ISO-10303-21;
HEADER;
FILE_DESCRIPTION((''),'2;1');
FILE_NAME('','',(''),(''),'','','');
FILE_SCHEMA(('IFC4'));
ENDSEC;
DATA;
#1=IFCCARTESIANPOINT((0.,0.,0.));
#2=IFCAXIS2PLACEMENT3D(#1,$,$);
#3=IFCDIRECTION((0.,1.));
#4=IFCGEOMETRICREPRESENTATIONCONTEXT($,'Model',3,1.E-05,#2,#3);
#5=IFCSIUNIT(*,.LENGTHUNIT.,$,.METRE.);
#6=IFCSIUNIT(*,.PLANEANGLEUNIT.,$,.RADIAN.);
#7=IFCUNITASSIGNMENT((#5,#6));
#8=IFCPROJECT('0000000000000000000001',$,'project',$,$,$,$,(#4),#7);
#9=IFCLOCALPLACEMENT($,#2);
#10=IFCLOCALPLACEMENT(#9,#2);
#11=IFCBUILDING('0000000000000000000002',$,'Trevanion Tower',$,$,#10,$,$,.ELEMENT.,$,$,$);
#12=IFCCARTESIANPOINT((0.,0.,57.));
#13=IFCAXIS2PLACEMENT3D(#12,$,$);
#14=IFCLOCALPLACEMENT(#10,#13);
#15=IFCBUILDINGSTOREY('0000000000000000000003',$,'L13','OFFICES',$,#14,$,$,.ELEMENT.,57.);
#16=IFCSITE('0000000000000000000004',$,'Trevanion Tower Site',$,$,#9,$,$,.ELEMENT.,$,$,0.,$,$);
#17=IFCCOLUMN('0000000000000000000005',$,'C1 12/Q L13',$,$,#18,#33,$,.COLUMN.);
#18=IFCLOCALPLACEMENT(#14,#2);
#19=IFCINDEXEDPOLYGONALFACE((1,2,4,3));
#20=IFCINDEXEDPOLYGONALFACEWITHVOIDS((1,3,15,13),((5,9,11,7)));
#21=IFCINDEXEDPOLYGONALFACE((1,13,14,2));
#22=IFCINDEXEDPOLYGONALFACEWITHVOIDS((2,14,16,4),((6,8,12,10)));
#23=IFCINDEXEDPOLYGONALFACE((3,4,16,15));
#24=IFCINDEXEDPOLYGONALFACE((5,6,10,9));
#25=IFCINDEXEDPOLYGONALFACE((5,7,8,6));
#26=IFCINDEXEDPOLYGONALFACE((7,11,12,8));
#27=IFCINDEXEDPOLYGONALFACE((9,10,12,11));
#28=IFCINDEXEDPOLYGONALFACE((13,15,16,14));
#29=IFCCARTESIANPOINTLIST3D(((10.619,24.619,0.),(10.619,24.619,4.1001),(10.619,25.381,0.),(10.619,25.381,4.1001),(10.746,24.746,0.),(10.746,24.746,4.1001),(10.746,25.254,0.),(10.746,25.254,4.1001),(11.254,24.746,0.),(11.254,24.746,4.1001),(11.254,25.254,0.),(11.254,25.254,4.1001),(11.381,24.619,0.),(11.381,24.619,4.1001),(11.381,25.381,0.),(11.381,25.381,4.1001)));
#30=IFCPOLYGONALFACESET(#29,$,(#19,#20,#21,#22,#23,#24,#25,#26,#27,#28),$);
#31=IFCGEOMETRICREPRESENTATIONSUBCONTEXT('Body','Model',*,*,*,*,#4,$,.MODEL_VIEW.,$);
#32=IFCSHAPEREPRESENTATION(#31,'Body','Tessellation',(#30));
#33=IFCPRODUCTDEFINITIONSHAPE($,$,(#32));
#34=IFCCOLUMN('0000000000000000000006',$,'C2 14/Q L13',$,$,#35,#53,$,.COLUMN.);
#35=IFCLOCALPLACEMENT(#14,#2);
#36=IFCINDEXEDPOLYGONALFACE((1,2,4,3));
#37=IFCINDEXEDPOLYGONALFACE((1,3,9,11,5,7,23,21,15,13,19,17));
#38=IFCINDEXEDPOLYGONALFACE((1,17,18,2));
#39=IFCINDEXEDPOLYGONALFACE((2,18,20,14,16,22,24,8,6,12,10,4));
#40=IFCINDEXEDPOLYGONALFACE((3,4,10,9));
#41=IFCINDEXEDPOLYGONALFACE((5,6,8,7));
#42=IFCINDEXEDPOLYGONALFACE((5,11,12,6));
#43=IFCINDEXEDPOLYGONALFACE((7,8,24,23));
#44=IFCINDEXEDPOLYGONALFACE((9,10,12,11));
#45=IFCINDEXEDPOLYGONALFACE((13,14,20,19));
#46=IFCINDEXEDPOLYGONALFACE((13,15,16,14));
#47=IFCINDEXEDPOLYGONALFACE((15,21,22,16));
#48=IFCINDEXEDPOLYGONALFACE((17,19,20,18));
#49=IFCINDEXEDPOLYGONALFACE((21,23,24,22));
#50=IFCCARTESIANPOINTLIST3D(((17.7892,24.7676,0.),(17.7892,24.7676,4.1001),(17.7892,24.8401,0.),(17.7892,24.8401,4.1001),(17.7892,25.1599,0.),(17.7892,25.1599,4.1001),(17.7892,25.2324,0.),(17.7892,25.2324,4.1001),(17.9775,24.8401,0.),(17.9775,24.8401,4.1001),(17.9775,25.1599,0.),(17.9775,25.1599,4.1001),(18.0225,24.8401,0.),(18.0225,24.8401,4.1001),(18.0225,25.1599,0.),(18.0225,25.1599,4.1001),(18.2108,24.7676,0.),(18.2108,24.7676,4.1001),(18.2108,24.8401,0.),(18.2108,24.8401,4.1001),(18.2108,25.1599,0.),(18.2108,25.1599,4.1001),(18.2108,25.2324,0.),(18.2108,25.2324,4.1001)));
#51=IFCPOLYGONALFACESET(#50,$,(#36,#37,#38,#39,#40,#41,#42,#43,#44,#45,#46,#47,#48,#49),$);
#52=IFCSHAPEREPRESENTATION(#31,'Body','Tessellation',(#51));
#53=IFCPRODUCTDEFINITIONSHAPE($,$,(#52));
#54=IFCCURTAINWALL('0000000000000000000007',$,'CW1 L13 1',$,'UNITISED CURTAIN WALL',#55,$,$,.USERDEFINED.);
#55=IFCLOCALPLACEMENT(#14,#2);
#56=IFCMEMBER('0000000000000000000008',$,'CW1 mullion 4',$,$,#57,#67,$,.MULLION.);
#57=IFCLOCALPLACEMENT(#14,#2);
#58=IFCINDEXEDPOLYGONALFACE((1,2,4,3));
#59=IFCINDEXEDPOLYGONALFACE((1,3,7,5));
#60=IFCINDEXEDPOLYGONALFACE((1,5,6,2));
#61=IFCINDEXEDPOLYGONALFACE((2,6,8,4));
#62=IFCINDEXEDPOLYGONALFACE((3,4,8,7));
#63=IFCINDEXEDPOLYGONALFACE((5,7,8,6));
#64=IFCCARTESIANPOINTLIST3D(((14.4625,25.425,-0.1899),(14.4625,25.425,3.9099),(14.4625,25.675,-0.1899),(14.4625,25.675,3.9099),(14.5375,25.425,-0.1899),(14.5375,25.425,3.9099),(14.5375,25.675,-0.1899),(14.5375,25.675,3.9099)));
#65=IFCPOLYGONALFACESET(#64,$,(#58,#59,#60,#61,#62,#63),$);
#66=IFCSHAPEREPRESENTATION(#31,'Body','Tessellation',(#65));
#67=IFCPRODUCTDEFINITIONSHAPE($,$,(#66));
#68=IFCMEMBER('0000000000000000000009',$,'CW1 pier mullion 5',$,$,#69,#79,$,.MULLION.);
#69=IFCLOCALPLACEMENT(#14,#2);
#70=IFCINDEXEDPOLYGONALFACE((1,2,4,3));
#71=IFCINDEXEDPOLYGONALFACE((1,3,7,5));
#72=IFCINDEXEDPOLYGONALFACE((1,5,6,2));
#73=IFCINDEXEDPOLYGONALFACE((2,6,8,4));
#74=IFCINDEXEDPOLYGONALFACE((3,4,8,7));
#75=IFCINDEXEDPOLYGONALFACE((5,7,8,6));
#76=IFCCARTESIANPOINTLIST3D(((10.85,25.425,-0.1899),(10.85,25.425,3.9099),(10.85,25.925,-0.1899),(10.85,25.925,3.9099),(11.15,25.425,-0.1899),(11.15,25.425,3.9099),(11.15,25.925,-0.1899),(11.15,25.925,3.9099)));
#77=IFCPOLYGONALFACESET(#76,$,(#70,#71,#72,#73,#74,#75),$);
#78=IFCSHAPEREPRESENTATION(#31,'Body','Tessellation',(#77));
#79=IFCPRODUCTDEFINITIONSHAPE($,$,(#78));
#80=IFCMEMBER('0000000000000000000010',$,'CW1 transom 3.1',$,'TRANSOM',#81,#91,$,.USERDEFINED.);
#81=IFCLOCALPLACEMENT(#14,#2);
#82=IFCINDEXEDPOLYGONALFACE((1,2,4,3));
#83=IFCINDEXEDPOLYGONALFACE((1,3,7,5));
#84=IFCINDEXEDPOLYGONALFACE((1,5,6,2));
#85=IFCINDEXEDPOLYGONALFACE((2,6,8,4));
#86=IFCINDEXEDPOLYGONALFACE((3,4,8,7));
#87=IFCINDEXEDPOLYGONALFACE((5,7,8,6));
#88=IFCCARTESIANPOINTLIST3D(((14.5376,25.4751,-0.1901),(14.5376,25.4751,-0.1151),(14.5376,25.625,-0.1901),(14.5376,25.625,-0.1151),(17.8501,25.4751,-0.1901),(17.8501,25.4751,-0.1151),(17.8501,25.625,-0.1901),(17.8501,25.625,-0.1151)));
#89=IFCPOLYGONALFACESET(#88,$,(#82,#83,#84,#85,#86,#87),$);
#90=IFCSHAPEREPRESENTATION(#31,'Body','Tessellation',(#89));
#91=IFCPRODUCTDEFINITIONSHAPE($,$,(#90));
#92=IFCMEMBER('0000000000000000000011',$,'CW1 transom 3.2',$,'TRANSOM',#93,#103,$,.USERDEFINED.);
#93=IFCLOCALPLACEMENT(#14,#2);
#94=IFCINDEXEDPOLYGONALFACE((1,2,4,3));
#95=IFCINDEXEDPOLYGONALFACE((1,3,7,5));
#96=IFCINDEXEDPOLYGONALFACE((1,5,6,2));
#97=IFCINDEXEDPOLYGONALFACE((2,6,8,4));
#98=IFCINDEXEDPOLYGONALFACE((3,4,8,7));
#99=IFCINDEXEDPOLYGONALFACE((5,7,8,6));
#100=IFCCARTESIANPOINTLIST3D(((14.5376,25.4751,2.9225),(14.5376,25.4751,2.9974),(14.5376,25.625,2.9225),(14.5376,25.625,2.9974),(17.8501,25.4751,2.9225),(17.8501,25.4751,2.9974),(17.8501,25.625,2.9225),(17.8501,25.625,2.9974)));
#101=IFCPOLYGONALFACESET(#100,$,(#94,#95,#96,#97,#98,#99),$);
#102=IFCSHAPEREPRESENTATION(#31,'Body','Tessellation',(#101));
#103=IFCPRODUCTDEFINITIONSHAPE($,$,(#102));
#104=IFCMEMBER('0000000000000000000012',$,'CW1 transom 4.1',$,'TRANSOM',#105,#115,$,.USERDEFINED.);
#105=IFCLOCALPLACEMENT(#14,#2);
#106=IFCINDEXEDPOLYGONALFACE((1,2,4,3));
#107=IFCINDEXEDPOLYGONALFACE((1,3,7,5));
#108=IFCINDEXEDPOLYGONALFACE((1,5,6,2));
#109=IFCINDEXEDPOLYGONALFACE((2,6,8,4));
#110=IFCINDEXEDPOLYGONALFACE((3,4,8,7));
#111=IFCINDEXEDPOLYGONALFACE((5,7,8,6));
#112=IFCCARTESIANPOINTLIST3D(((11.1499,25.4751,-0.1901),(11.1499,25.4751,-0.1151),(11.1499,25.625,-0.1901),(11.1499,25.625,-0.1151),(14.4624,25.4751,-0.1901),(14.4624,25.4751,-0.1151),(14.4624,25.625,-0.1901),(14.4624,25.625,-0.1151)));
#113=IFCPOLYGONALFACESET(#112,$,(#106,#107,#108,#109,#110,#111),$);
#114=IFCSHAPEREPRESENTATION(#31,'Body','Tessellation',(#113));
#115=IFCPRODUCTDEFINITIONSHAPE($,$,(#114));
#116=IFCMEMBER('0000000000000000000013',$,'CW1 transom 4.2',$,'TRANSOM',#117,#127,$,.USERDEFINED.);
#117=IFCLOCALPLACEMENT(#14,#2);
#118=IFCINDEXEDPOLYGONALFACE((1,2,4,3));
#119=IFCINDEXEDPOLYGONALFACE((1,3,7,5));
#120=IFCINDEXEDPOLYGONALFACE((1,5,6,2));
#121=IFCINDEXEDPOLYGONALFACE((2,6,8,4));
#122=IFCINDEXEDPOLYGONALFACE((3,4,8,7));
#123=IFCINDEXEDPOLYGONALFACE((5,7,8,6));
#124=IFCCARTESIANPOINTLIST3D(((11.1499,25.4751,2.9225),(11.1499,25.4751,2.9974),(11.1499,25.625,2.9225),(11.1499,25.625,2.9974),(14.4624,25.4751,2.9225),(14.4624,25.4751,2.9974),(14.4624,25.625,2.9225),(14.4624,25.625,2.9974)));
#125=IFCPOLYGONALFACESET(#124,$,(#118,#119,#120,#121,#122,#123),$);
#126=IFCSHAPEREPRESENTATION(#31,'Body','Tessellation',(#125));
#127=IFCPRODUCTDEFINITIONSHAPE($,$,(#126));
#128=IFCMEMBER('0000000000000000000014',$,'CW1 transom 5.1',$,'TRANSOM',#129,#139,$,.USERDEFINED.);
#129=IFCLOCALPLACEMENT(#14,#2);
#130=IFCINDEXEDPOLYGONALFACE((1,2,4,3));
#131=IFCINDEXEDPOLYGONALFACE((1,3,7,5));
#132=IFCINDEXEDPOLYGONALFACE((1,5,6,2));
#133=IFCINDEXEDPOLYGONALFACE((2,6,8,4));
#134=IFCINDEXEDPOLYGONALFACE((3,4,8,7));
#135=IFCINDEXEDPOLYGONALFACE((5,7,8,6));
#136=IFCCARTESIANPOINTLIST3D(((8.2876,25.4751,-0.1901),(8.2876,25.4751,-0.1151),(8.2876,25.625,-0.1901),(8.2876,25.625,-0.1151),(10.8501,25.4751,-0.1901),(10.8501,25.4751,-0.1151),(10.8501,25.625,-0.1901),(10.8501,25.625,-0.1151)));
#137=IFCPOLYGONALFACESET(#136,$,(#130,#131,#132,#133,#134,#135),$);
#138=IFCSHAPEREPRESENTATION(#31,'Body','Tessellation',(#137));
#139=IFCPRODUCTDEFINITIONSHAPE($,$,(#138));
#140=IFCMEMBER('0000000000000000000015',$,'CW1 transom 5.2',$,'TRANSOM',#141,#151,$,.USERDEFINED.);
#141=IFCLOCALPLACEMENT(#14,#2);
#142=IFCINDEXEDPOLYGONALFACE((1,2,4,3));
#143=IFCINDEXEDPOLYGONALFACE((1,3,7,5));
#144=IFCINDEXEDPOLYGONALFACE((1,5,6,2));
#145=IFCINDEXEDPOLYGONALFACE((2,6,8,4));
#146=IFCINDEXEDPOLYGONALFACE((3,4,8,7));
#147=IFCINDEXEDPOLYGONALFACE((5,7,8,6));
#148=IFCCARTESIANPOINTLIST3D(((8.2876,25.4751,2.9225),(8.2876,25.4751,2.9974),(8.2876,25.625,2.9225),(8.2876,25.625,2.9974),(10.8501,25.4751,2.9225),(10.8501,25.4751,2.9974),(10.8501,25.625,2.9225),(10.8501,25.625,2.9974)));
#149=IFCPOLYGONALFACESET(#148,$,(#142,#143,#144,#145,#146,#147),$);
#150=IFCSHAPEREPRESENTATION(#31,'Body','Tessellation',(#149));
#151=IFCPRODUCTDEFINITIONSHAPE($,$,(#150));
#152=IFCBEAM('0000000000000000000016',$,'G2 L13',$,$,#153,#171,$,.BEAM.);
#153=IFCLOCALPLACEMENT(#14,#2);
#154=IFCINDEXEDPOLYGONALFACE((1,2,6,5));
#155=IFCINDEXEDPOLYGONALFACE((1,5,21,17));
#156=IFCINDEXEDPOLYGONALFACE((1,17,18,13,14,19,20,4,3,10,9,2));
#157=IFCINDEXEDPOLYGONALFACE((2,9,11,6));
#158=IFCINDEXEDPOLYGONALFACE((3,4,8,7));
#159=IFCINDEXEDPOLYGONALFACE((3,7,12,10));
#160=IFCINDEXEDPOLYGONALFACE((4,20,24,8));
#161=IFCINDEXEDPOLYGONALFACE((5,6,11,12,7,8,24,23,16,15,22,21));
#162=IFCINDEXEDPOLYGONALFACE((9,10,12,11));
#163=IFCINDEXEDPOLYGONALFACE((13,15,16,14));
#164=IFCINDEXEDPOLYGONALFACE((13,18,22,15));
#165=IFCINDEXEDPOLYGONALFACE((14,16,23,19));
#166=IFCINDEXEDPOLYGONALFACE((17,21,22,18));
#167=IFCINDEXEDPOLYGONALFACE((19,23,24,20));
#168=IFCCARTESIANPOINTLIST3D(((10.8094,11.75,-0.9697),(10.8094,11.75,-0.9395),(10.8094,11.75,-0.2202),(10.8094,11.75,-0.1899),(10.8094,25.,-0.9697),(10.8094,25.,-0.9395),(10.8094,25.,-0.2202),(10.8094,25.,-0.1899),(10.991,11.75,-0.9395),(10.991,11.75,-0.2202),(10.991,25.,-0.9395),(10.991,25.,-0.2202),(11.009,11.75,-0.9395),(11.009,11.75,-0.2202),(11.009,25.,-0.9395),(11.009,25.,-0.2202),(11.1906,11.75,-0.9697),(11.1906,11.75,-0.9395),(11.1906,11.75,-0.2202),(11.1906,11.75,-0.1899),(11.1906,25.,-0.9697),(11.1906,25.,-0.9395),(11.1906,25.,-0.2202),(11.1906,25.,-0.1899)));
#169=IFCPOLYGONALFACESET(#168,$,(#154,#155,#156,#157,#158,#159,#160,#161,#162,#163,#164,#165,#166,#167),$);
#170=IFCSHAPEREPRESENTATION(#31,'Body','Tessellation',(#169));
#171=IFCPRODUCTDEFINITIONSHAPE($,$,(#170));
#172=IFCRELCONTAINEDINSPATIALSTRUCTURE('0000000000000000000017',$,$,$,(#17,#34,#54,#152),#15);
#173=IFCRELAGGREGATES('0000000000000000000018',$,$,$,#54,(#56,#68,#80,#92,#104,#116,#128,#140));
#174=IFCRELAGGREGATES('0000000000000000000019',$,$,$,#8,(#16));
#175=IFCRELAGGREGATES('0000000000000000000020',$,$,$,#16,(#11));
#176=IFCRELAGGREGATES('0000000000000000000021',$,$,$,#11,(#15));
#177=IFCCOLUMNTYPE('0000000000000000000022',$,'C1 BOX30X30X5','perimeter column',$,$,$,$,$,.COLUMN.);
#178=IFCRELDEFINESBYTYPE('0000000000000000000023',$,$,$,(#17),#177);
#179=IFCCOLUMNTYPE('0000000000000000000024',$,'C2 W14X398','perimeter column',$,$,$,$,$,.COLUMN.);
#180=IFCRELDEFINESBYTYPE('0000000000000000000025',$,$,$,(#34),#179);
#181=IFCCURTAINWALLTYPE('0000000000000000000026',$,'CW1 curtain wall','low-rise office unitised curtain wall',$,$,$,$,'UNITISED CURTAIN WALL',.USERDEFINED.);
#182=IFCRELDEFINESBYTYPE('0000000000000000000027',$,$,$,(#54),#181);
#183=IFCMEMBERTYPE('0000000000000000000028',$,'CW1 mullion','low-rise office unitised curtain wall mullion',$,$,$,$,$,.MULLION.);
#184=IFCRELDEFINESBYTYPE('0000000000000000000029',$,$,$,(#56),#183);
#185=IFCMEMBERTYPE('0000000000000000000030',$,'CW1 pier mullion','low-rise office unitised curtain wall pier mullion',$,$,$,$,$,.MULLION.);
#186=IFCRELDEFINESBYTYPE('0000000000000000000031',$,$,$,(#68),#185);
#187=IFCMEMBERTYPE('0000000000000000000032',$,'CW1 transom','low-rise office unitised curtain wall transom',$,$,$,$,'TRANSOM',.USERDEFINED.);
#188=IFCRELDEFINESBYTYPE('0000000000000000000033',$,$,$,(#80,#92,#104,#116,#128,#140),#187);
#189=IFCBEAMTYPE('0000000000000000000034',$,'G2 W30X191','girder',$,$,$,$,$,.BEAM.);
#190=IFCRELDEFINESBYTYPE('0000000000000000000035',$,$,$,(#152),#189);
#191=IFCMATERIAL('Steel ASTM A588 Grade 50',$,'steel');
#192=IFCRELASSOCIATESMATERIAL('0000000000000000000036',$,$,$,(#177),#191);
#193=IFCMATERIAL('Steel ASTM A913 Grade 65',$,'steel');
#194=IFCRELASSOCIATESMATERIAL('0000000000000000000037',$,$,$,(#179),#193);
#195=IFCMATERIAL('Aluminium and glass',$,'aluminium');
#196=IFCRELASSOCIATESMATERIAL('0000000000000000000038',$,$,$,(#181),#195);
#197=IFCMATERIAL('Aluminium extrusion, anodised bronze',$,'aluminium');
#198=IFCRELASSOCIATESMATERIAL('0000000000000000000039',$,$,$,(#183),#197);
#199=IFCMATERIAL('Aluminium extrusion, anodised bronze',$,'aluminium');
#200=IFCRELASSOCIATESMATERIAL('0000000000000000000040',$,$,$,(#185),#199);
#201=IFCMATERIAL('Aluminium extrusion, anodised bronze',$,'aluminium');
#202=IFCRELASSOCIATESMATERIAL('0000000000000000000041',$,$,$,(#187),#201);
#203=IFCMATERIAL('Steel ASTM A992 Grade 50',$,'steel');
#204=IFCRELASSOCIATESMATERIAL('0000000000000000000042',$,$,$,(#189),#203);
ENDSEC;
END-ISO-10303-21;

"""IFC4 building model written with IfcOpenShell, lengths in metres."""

from ifc_helpers import new_model, si_unit, direction, frame, origin, origin_2d, place, context, subcontext, project, spatial, rectangle, hollow_rectangle, i_section, extrude, material, material_profile, profile_set, type_object, element, aggregate, save


model = new_model("IFC4")

# Units and contexts
model_context = context("Model", 3, precision=1e-05, world=origin(), true_north=direction((0.0, 1.0)))
body_context = subcontext(model_context, "Body", "Model", "MODEL_VIEW")
ifc_project = project(units=[si_unit("LENGTHUNIT", "METRE"), si_unit("PLANEANGLEUNIT", "RADIAN")], contexts=[model_context])

# Site, building, storey
site_placement = place(None, origin())
site = spatial("IfcSite", under=ifc_project, at=site_placement, Name="Trevanion Tower Site", CompositionType="ELEMENT", RefElevation=0.0)
building_placement = place(site_placement, origin())
building = spatial("IfcBuilding", under=site, at=building_placement, Name="Trevanion Tower", CompositionType="ELEMENT")
storey_placement = place(building_placement, frame((0.0, 0.0, 57.0)))
storey = spatial("IfcBuildingStorey", under=building, at=storey_placement, Name="L13", Description="OFFICES", CompositionType="ELEMENT", Elevation=57.0)

# Columns
ifc_material_1 = material(Name="Steel ASTM A588 Grade 50", Category="steel")
ifc_material_profile_1 = material_profile(ifc_material_1, hollow_rectangle(XDim=0.762, YDim=0.762, WallThickness=0.127, at=origin_2d()), Name="BOX30X30X5")
ifc_profile_set_1 = profile_set([ifc_material_profile_1], Name="Steel ASTM A588 Grade 50")
column_type_1 = type_object("IfcColumnType", Name="C1 BOX30X30X5", Description="perimeter column", PredefinedType="COLUMN", material=ifc_profile_set_1)
column_1_placement = place(storey_placement, frame((11.0, 25.0, 0.0), z_axis=(0.0, 0.0, 1.0), x_axis=(1.0, 0.0, 0.0)))
element("IfcColumn", 1, at=column_1_placement, inside=storey, type_object=column_type_1, Name="C1 12/Q L13", PredefinedType="COLUMN", context=body_context, shape_type="SweptSolid", body=[
    extrude(hollow_rectangle(XDim=0.762, YDim=0.762, WallThickness=0.127, at=origin_2d()), origin(), (0.0, 0.0, 1.0), 4.1001),
])
ifc_material_2 = material(Name="Steel ASTM A913 Grade 65", Category="steel")
ifc_material_profile_2 = material_profile(ifc_material_2, i_section(OverallWidth=0.4216, OverallDepth=0.4648, WebThickness=0.0449, FlangeThickness=0.0725, at=origin_2d()), Name="W14X398")
ifc_profile_set_2 = profile_set([ifc_material_profile_2], Name="Steel ASTM A913 Grade 65")
column_type_2 = type_object("IfcColumnType", Name="C2 W14X398", Description="perimeter column", PredefinedType="COLUMN", material=ifc_profile_set_2)
column_2_placement = place(storey_placement, frame((18.0, 25.0, 0.0), z_axis=(0.0, 0.0, 1.0), x_axis=(1.0, 0.0, 0.0)))
element("IfcColumn", 2, at=column_2_placement, inside=storey, type_object=column_type_2, Name="C2 14/Q L13", PredefinedType="COLUMN", context=body_context, shape_type="SweptSolid", body=[
    extrude(i_section(OverallWidth=0.4216, OverallDepth=0.4648, WebThickness=0.0449, FlangeThickness=0.0725, at=origin_2d()), origin(), (0.0, 0.0, 1.0), 4.1001),
])

# Curtain wall, members
ifc_material_3 = material(Name="Aluminium and glass", Category="aluminium")
curtain_wall_type = type_object("IfcCurtainWallType", Name="CW1 curtain wall", Description="low-rise office unitised curtain wall", ElementType="UNITISED CURTAIN WALL", PredefinedType="USERDEFINED", material=ifc_material_3)
curtain_wall_placement = place(storey_placement, origin())
curtain_wall = element("IfcCurtainWall", 3, at=curtain_wall_placement, inside=storey, type_object=curtain_wall_type, Name="CW1 L13 1", ObjectType="UNITISED CURTAIN WALL", PredefinedType="USERDEFINED")
ifc_material_4 = material(Name="Aluminium extrusion, anodised bronze", Category="aluminium")
ifc_material_profile_3 = material_profile(ifc_material_4, rectangle(XDim=0.075, YDim=0.25, at=origin_2d()), Name="CW1 mullion")
ifc_profile_set_3 = profile_set([ifc_material_profile_3], Name="Aluminium extrusion, anodised bronze")
member_type_1 = type_object("IfcMemberType", Name="CW1 mullion", Description="low-rise office unitised curtain wall mullion", PredefinedType="MULLION", material=ifc_profile_set_3)
member_1_placement = place(storey_placement, frame((14.5, 25.55, -0.1899), z_axis=(0.0, 0.0, 1.0), x_axis=(-1.0, 0.0, 0.0)))
member_1 = element("IfcMember", 4, at=member_1_placement, type_object=member_type_1, Name="CW1 mullion 4", PredefinedType="MULLION", context=body_context, shape_type="SweptSolid", body=[
    extrude(rectangle(XDim=0.075, YDim=0.25, at=origin_2d()), origin(), (0.0, 0.0, 1.0), 4.0999),
])
ifc_material_5 = material(Name="Aluminium extrusion, anodised bronze", Category="aluminium")
ifc_material_profile_4 = material_profile(ifc_material_5, rectangle(XDim=0.3, YDim=0.5, at=origin_2d()), Name="CW1 pier mullion")
ifc_profile_set_4 = profile_set([ifc_material_profile_4], Name="Aluminium extrusion, anodised bronze")
member_type_2 = type_object("IfcMemberType", Name="CW1 pier mullion", Description="low-rise office unitised curtain wall pier mullion", PredefinedType="MULLION", material=ifc_profile_set_4)
member_2_placement = place(storey_placement, frame((11.0, 25.675, -0.1899), z_axis=(0.0, 0.0, 1.0), x_axis=(-1.0, 0.0, 0.0)))
member_2 = element("IfcMember", 5, at=member_2_placement, type_object=member_type_2, Name="CW1 pier mullion 5", PredefinedType="MULLION", context=body_context, shape_type="SweptSolid", body=[
    extrude(rectangle(XDim=0.3, YDim=0.5, at=origin_2d()), origin(), (0.0, 0.0, 1.0), 4.0999),
])
ifc_material_6 = material(Name="Aluminium extrusion, anodised bronze", Category="aluminium")
ifc_material_profile_5 = material_profile(ifc_material_6, rectangle(XDim=0.1499, YDim=0.075, at=origin_2d()), Name="CW1 transom")
ifc_profile_set_5 = profile_set([ifc_material_profile_5], Name="Aluminium extrusion, anodised bronze")
member_type_3 = type_object("IfcMemberType", Name="CW1 transom", Description="low-rise office unitised curtain wall transom", ElementType="TRANSOM", PredefinedType="USERDEFINED", material=ifc_profile_set_5)
member_3_placement = place(storey_placement, frame((17.8501, 25.55, -0.1526), z_axis=(-1.0, 0.0, 0.0), x_axis=(0.0, -1.0, 0.0)))
member_3 = element("IfcMember", 6, at=member_3_placement, type_object=member_type_3, Name="CW1 transom 3.1", ObjectType="TRANSOM", PredefinedType="USERDEFINED", context=body_context, shape_type="SweptSolid", body=[
    extrude(rectangle(XDim=0.1499, YDim=0.075, at=origin_2d()), origin(), (0.0, 0.0, 1.0), 3.3125),
])
member_4_placement = place(storey_placement, frame((17.8501, 25.55, 2.96), z_axis=(-1.0, 0.0, 0.0), x_axis=(0.0, -1.0, 0.0)))
member_4 = element("IfcMember", 7, at=member_4_placement, type_object=member_type_3, Name="CW1 transom 3.2", ObjectType="TRANSOM", PredefinedType="USERDEFINED", context=body_context, shape_type="SweptSolid", body=[
    extrude(rectangle(XDim=0.1499, YDim=0.075, at=origin_2d()), origin(), (0.0, 0.0, 1.0), 3.3125),
])
member_5_placement = place(storey_placement, frame((14.4624, 25.55, -0.1526), z_axis=(-1.0, 0.0, 0.0), x_axis=(0.0, -1.0, 0.0)))
member_5 = element("IfcMember", 8, at=member_5_placement, type_object=member_type_3, Name="CW1 transom 4.1", ObjectType="TRANSOM", PredefinedType="USERDEFINED", context=body_context, shape_type="SweptSolid", body=[
    extrude(rectangle(XDim=0.1499, YDim=0.075, at=origin_2d()), origin(), (0.0, 0.0, 1.0), 3.3125),
])
member_6_placement = place(storey_placement, frame((14.4624, 25.55, 2.96), z_axis=(-1.0, 0.0, 0.0), x_axis=(0.0, -1.0, 0.0)))
member_6 = element("IfcMember", 9, at=member_6_placement, type_object=member_type_3, Name="CW1 transom 4.2", ObjectType="TRANSOM", PredefinedType="USERDEFINED", context=body_context, shape_type="SweptSolid", body=[
    extrude(rectangle(XDim=0.1499, YDim=0.075, at=origin_2d()), origin(), (0.0, 0.0, 1.0), 3.3125),
])
member_7_placement = place(storey_placement, frame((10.8501, 25.55, -0.1526), z_axis=(-1.0, 0.0, 0.0), x_axis=(0.0, -1.0, 0.0)))
member_7 = element("IfcMember", 10, at=member_7_placement, type_object=member_type_3, Name="CW1 transom 5.1", ObjectType="TRANSOM", PredefinedType="USERDEFINED", context=body_context, shape_type="SweptSolid", body=[
    extrude(rectangle(XDim=0.1499, YDim=0.075, at=origin_2d()), origin(), (0.0, 0.0, 1.0), 2.5625),
])
member_8_placement = place(storey_placement, frame((10.8501, 25.55, 2.96), z_axis=(-1.0, 0.0, 0.0), x_axis=(0.0, -1.0, 0.0)))
member_8 = element("IfcMember", 11, at=member_8_placement, type_object=member_type_3, Name="CW1 transom 5.2", ObjectType="TRANSOM", PredefinedType="USERDEFINED", context=body_context, shape_type="SweptSolid", body=[
    extrude(rectangle(XDim=0.1499, YDim=0.075, at=origin_2d()), origin(), (0.0, 0.0, 1.0), 2.5625),
])

# Beam
ifc_material_7 = material(Name="Steel ASTM A992 Grade 50", Category="steel")
ifc_material_profile_6 = material_profile(ifc_material_7, i_section(OverallWidth=0.3811, OverallDepth=0.7798, WebThickness=0.0181, FlangeThickness=0.0303, at=origin_2d()), Name="W30X191")
ifc_profile_set_6 = profile_set([ifc_material_profile_6], Name="Steel ASTM A992 Grade 50")
beam_type_1 = type_object("IfcBeamType", Name="G2 W30X191", Description="girder", PredefinedType="BEAM", material=ifc_profile_set_6)
beam_1_placement = place(storey_placement, frame((11.0, 11.75, -0.5798), z_axis=(0.0, 1.0, 0.0), x_axis=(-1.0, 0.0, 0.0)))
element("IfcBeam", 12, at=beam_1_placement, inside=storey, type_object=beam_type_1, Name="G2 L13", PredefinedType="BEAM", context=body_context, shape_type="SweptSolid", body=[
    extrude(i_section(OverallWidth=0.3811, OverallDepth=0.7798, WebThickness=0.0181, FlangeThickness=0.0303, at=origin_2d()), origin(), (0.0, 0.0, 1.0), 13.25),
])

aggregate(curtain_wall, [member_1, member_2, member_3, member_4, member_5, member_6, member_7, member_8])

save(model, "model.ifc")
